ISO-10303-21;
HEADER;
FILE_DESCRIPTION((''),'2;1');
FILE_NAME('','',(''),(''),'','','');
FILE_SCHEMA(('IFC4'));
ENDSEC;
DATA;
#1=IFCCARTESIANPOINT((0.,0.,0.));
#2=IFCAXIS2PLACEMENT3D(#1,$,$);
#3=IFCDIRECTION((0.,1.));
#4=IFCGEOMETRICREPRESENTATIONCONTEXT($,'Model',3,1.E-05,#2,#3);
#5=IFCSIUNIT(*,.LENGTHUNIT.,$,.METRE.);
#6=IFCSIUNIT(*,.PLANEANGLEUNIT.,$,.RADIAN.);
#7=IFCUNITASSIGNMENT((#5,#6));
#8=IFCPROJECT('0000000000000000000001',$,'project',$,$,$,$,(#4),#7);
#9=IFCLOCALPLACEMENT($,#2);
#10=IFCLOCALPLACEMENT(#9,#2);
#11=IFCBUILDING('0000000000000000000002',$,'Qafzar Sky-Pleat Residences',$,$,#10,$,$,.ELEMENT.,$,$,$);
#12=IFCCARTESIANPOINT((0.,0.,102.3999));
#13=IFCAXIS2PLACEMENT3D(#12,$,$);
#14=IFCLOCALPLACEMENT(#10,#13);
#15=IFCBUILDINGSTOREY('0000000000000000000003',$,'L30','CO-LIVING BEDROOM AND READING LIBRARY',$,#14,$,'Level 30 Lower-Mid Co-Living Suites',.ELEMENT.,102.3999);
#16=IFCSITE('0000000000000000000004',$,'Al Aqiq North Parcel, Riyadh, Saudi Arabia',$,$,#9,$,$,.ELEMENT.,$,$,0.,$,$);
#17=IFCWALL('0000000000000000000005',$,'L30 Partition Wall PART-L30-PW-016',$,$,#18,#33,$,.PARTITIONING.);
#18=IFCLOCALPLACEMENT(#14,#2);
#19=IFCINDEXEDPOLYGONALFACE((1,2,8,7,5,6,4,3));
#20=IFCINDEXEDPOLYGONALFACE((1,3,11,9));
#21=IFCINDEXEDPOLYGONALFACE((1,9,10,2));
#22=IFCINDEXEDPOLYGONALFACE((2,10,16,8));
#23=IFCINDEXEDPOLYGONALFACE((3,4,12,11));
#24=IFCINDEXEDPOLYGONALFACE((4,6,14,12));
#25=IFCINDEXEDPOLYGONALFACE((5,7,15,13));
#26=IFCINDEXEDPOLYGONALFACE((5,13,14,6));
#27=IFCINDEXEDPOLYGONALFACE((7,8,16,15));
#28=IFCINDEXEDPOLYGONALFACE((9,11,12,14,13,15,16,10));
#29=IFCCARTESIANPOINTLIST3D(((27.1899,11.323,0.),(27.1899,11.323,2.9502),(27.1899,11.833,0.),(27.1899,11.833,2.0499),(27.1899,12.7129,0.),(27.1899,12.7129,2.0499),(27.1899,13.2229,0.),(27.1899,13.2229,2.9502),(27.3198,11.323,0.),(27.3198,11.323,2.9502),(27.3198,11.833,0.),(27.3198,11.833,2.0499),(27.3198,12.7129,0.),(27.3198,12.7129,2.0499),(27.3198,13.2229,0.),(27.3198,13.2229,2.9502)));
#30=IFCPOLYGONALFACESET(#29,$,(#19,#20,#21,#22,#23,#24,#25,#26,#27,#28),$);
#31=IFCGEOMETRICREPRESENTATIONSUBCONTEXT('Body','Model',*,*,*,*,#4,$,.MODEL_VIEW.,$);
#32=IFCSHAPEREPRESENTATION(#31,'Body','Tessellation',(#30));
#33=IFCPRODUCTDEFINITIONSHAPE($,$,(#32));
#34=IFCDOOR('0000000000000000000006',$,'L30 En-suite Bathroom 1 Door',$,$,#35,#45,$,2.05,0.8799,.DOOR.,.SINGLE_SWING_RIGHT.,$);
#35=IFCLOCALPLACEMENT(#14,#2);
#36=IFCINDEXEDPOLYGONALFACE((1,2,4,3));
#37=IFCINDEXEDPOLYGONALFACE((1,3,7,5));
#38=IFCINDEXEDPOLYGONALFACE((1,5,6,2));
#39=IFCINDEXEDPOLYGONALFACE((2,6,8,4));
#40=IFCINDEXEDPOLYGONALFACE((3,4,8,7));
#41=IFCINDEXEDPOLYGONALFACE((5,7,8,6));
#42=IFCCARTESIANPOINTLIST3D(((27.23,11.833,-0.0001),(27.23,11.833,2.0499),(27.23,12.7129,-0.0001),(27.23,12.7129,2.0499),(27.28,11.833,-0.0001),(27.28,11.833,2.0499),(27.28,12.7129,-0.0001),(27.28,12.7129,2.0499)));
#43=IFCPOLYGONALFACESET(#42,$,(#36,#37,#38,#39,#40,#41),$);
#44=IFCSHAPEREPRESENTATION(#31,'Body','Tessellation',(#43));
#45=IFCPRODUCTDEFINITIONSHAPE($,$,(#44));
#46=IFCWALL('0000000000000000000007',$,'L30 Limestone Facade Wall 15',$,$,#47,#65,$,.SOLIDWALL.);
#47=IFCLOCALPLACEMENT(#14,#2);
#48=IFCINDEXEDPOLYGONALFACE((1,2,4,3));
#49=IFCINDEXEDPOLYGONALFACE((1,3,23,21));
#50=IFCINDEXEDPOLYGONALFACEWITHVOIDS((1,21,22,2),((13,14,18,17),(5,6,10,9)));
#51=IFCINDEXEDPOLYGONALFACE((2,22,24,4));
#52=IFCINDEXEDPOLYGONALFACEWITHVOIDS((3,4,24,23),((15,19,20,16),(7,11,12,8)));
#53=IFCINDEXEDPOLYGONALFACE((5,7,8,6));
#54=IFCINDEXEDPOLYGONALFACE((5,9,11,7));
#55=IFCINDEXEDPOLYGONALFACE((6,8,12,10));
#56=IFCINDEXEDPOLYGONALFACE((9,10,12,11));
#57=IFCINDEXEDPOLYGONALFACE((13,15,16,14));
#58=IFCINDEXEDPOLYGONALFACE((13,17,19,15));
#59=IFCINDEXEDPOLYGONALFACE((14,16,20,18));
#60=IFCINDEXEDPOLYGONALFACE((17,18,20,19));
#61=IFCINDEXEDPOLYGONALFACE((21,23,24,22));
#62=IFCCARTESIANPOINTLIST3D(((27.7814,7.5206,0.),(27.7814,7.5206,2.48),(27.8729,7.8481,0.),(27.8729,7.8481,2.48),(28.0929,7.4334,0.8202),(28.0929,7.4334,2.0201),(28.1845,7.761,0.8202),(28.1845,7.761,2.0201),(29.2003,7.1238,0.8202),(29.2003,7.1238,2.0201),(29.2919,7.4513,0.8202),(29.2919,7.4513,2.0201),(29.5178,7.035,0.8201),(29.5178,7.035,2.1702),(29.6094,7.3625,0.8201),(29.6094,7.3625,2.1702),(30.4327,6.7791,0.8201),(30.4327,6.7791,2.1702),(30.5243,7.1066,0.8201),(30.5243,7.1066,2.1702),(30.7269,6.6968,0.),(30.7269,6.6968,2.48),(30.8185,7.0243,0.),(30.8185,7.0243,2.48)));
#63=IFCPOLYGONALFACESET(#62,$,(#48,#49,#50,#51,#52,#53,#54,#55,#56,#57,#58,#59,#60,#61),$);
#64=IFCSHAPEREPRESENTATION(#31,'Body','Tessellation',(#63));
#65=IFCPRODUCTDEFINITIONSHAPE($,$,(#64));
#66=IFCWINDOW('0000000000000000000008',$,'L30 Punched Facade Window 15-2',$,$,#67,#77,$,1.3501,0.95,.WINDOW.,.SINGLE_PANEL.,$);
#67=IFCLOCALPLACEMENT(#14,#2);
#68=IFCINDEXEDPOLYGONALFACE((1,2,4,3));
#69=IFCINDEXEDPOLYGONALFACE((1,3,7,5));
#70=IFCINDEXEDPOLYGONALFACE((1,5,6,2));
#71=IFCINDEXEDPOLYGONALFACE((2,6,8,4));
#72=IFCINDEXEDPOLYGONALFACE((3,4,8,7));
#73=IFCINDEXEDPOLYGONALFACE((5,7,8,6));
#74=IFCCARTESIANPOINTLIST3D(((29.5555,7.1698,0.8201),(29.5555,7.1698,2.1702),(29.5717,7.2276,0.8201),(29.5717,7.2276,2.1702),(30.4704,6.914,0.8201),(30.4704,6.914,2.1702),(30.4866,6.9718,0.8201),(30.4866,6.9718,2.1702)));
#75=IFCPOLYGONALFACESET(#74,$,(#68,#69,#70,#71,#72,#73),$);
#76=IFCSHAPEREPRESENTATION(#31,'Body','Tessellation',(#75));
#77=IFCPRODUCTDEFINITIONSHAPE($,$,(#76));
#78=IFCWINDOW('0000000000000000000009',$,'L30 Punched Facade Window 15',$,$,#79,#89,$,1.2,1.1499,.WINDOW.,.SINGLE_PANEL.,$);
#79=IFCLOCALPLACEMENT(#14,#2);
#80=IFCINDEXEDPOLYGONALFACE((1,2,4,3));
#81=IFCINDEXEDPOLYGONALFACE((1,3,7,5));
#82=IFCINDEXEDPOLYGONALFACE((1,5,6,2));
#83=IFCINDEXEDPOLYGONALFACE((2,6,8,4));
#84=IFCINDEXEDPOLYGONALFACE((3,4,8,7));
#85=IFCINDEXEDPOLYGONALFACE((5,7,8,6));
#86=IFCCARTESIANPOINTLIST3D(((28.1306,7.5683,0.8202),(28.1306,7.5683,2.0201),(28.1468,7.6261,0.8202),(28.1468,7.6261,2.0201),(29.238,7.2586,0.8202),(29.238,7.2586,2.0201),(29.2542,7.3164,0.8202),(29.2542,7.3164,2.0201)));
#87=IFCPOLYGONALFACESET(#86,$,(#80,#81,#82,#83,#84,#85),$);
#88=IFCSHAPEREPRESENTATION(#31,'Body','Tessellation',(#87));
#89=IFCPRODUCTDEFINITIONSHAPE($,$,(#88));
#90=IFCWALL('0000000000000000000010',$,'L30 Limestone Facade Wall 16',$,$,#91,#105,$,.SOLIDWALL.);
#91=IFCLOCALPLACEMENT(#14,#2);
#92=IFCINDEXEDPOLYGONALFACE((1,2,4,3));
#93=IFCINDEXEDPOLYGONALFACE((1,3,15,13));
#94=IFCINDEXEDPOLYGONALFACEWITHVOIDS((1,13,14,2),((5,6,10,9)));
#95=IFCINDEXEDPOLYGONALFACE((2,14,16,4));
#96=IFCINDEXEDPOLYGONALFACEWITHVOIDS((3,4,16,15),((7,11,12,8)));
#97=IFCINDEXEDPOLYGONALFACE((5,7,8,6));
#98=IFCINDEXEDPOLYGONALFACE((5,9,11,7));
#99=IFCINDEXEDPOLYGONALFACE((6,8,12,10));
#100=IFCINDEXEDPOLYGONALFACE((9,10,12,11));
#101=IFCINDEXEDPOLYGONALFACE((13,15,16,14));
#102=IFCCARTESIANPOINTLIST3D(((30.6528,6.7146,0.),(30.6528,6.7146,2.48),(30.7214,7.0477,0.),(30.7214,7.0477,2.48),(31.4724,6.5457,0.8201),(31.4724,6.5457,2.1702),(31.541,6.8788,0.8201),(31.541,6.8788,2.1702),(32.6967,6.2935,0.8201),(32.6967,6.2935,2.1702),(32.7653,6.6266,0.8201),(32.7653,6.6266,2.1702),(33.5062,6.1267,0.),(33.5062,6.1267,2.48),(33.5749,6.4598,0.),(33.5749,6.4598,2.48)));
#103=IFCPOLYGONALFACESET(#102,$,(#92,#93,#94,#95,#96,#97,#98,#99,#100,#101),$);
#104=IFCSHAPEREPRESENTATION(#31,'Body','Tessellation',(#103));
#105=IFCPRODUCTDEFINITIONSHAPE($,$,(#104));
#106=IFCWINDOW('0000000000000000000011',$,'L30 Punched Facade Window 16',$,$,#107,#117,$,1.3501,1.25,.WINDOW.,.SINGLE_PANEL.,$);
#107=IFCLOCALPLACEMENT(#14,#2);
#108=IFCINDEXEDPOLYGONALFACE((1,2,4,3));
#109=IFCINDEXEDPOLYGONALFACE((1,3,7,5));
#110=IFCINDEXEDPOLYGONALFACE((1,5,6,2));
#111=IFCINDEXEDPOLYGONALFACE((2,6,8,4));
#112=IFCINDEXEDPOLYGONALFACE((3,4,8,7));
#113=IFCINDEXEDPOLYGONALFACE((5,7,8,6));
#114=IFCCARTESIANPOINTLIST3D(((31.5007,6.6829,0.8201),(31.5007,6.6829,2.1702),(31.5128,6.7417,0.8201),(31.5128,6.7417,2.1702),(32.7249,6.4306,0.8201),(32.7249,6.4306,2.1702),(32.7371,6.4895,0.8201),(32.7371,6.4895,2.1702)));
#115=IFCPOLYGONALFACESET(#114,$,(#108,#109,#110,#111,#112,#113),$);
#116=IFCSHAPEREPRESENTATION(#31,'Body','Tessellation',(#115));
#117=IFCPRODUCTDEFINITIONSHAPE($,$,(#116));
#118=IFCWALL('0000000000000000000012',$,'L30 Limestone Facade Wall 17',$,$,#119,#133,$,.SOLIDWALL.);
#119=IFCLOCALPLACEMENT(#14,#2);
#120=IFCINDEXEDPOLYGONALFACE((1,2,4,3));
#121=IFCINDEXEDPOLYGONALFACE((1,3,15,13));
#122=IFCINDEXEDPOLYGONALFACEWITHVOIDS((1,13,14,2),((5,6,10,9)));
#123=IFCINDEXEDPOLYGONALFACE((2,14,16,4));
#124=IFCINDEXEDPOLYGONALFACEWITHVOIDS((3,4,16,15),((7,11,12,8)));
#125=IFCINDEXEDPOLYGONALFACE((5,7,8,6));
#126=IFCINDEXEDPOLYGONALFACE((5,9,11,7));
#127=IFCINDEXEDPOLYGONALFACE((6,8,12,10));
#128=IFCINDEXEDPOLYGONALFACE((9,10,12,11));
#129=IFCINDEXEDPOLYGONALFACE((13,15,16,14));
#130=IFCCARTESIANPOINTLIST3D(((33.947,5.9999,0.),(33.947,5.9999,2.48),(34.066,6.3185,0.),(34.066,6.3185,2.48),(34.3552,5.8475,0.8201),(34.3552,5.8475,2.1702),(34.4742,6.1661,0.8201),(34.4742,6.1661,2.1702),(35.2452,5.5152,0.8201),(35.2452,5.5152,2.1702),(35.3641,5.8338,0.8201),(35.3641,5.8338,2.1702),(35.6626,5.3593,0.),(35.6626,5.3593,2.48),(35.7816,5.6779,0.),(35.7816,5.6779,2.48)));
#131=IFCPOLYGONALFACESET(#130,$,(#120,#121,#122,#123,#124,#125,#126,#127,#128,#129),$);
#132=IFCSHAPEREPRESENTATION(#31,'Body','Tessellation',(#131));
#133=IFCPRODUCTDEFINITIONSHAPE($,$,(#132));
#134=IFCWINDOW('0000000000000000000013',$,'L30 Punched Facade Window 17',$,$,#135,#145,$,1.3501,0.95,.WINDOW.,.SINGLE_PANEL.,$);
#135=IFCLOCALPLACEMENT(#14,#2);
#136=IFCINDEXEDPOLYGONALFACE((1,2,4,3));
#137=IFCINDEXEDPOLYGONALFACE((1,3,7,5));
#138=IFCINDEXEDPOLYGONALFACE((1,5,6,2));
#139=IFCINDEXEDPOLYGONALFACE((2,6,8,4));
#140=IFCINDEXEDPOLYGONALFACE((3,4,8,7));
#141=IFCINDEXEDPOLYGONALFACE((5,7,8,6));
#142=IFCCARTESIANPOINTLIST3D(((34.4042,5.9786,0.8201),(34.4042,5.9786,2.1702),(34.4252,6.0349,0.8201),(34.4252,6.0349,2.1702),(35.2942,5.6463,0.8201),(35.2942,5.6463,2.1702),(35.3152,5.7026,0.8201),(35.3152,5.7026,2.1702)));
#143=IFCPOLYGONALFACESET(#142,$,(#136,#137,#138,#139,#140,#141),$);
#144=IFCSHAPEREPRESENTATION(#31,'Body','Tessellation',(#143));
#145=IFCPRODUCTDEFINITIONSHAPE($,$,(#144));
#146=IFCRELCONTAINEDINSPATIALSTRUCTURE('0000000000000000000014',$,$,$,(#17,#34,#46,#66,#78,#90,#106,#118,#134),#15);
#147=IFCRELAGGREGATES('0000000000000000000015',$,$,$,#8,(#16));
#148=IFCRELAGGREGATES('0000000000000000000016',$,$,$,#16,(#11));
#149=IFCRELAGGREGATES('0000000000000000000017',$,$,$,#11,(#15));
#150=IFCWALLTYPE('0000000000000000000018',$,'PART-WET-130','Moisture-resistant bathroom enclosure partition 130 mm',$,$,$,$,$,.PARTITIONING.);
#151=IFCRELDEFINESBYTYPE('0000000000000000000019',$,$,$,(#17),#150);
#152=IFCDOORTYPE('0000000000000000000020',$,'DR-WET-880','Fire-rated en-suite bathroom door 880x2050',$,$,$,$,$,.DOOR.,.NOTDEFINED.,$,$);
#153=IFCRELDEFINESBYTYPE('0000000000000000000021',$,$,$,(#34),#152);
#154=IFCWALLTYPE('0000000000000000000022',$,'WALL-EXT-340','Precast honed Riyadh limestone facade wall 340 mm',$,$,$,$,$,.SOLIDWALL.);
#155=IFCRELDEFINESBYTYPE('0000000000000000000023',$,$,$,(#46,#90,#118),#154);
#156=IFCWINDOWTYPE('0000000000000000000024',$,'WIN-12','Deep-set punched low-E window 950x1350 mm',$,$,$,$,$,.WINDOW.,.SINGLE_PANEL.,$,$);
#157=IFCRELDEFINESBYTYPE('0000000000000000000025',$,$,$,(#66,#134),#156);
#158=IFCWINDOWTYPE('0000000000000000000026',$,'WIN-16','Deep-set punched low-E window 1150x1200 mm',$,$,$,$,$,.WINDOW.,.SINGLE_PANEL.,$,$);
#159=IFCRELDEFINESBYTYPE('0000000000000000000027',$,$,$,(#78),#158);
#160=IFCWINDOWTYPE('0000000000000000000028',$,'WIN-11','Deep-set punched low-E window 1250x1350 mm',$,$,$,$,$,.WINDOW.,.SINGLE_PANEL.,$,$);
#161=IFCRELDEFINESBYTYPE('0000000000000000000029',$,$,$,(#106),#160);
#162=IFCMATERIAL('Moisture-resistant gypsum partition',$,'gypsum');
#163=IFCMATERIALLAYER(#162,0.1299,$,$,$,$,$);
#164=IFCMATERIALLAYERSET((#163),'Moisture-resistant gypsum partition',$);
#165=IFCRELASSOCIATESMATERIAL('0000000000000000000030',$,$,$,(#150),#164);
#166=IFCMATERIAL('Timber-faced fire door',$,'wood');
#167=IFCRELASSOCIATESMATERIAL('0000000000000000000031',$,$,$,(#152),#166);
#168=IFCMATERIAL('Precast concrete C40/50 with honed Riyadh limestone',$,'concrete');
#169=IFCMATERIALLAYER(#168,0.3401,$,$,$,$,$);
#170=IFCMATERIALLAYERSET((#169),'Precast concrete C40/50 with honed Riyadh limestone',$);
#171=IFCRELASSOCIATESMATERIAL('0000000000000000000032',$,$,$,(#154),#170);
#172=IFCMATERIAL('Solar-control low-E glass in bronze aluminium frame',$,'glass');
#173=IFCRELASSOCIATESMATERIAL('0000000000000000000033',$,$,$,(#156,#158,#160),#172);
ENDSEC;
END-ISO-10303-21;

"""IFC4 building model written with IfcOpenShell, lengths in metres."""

from ifc_helpers import new_model, si_unit, direction, frame, frame_2d, origin, place, context, subcontext, project, spatial, rectangle, extrude, source, transform, mapped, material, layer, layer_set, type_object, element, fill, save


model = new_model("IFC4")

# Units and contexts
model_context = context("Model", 3, precision=1e-05, world=origin(), true_north=direction((0.0, 1.0)))
body_context = subcontext(model_context, "Body", "Model", "MODEL_VIEW")
ifc_project = project(units=[si_unit("LENGTHUNIT", "METRE"), si_unit("PLANEANGLEUNIT", "RADIAN")], contexts=[model_context])

# Site, building, storey
site_placement = place(None, origin())
site = spatial("IfcSite", under=ifc_project, at=site_placement, Name="Al Aqiq North Parcel, Riyadh, Saudi Arabia", CompositionType="ELEMENT", RefElevation=0.0)
building_placement = place(site_placement, origin())
building = spatial("IfcBuilding", under=site, at=building_placement, Name="Qafzar Sky-Pleat Residences", CompositionType="ELEMENT")
storey_placement = place(building_placement, frame((0.0, 0.0, 102.3999)))
storey = spatial("IfcBuildingStorey", under=building, at=storey_placement, Name="L30", Description="CO-LIVING BEDROOM AND READING LIBRARY", LongName="Level 30 Lower-Mid Co-Living Suites", CompositionType="ELEMENT", Elevation=102.3999)

# Shared definitions
ifc_material_1 = material(Name="Timber-faced fire door", Category="wood")

# Wall, opening, door
ifc_material_2 = material(Name="Moisture-resistant gypsum partition", Category="gypsum")
ifc_layer_1 = layer(ifc_material_2, 0.1299)
ifc_layer_set_1 = layer_set([ifc_layer_1], Name="Moisture-resistant gypsum partition")
wall_type_1 = type_object("IfcWallType", Name="PART-WET-130", Description="Moisture-resistant bathroom enclosure partition 130 mm", PredefinedType="PARTITIONING", material=ifc_layer_set_1)
wall_1_placement = place(storey_placement, frame((27.2549, 11.323, 0.0), z_axis=(0.0, 0.0, 1.0), x_axis=(0.0, 1.0, 0.0)))
wall_1 = element("IfcWall", 1, at=wall_1_placement, inside=storey, type_object=wall_type_1, Name="L30 Partition Wall PART-L30-PW-016", PredefinedType="PARTITIONING", context=body_context, shape_type="SweptSolid", body=[
    extrude(rectangle(XDim=1.8999, YDim=0.1299, at=frame_2d((0.95, 0.0))), origin(), (0.0, 0.0, 1.0), 2.9502),
])
opening_1_placement = place(wall_1_placement, frame((0.51, 0.0, 0.0)))
opening_1 = element("IfcOpeningElement", 2, at=opening_1_placement, cuts=wall_1, PredefinedType="OPENING", context=body_context, shape_type="SweptSolid", body=[
    extrude(rectangle(XDim=0.8799, YDim=2.05, at=frame_2d((0.4399, 1.0249))), frame((0.0, 0.075, 0.0), z_axis=(0.0, -1.0, 0.0), x_axis=(1.0, 0.0, 0.0)), (0.0, 0.0, 1.0), 0.1499),
])
door_type_1 = type_object("IfcDoorType", Name="DR-WET-880", Description="Fire-rated en-suite bathroom door 880x2050", OperationType="NOTDEFINED", PredefinedType="DOOR", material=ifc_material_1)
shared_shape_1 = source(origin(), body_context, "Body", "SweptSolid", [
    extrude(rectangle(XDim=0.8799, YDim=2.05, at=frame_2d((0.4399, 1.0249))), frame((0.0, 0.0249, 0.0), z_axis=(0.0, -1.0, 0.0), x_axis=(1.0, 0.0, 0.0)), (0.0, 0.0, 1.0), 0.05),
])
door_1_placement = place(opening_1_placement, origin())
door_1 = element("IfcDoor", 3, at=door_1_placement, inside=storey, type_object=door_type_1, Name="L30 En-suite Bathroom 1 Door", OperationType="SINGLE_SWING_RIGHT", OverallHeight=2.05, OverallWidth=0.8799, PredefinedType="DOOR", context=body_context, shape_type="MappedRepresentation", body=[
    mapped(shared_shape_1, transform((0.0, 0.0, 0.0), x_axis=(1.0, 0.0, 0.0), y_axis=(0.0, 1.0, 0.0), z_axis=(0.0, 0.0, 1.0), scale=1.0)),
])
fill(opening_1, door_1)

# Wall, openings, windows
ifc_material_3 = material(Name="Precast concrete C40/50 with honed Riyadh limestone", Category="concrete")
ifc_layer_2 = layer(ifc_material_3, 0.3401)
ifc_layer_set_2 = layer_set([ifc_layer_2], Name="Precast concrete C40/50 with honed Riyadh limestone")
wall_type_2 = type_object("IfcWallType", Name="WALL-EXT-340", Description="Precast honed Riyadh limestone facade wall 340 mm", PredefinedType="SOLIDWALL", material=ifc_layer_set_2)
wall_2_placement = place(storey_placement, frame((27.8271, 7.6843, 0.0), z_axis=(0.0, 0.0, 1.0), x_axis=(0.963051, -0.269319, 0.0)))
wall_2 = element("IfcWall", 4, at=wall_2_placement, inside=storey, type_object=wall_type_2, Name="L30 Limestone Facade Wall 15", PredefinedType="SOLIDWALL", context=body_context, shape_type="SweptSolid", body=[
    extrude(rectangle(XDim=3.0586, YDim=0.3401, at=frame_2d((1.5293, 0.0))), origin(), (0.0, 0.0, 1.0), 2.48),
])
opening_2_placement = place(wall_2_placement, frame((0.3235, 0.0, 0.8201)))
opening_2 = element("IfcOpeningElement", 5, at=opening_2_placement, cuts=wall_2, PredefinedType="OPENING", context=body_context, shape_type="SweptSolid", body=[
    extrude(rectangle(XDim=1.1499, YDim=1.2, at=frame_2d((0.575, 0.6001))), frame((0.0, 0.1802, 0.0), z_axis=(0.0, -1.0, 0.0), x_axis=(1.0, 0.0, 0.0)), (0.0, 0.0, 1.0), 0.3601),
])
opening_3_placement = place(wall_2_placement, frame((1.803, 0.0, 0.8201)))
opening_3 = element("IfcOpeningElement", 6, at=opening_3_placement, cuts=wall_2, PredefinedType="OPENING", context=body_context, shape_type="SweptSolid", body=[
    extrude(rectangle(XDim=0.95, YDim=1.3501, at=frame_2d((0.4751, 0.675))), frame((0.0, 0.1802, 0.0), z_axis=(0.0, -1.0, 0.0), x_axis=(1.0, 0.0, 0.0)), (0.0, 0.0, 1.0), 0.3601),
])
ifc_material_4 = material(Name="Solar-control low-E glass in bronze aluminium frame", Category="glass")
window_type_1 = type_object("IfcWindowType", Name="WIN-12", Description="Deep-set punched low-E window 950x1350 mm", PartitioningType="SINGLE_PANEL", PredefinedType="WINDOW", material=ifc_material_4)
shared_shape_2 = source(origin(), body_context, "Body", "SweptSolid", [
    extrude(rectangle(XDim=0.95, YDim=1.3501, at=frame_2d((0.4751, 0.675))), frame((0.0, 0.03, 0.0), z_axis=(0.0, -1.0, 0.0), x_axis=(1.0, 0.0, 0.0)), (0.0, 0.0, 1.0), 0.0601),
])
window_1_placement = place(opening_3_placement, origin())
window_1 = element("IfcWindow", 7, at=window_1_placement, inside=storey, type_object=window_type_1, Name="L30 Punched Facade Window 15-2", OverallHeight=1.3501, OverallWidth=0.95, PartitioningType="SINGLE_PANEL", PredefinedType="WINDOW", context=body_context, shape_type="MappedRepresentation", body=[
    mapped(shared_shape_2, transform((0.0, 0.0, 0.0), x_axis=(1.0, 0.0, 0.0), y_axis=(0.0, 1.0, 0.0), z_axis=(0.0, 0.0, 1.0), scale=1.0)),
])
fill(opening_3, window_1)
window_type_2 = type_object("IfcWindowType", Name="WIN-16", Description="Deep-set punched low-E window 1150x1200 mm", PartitioningType="SINGLE_PANEL", PredefinedType="WINDOW", material=ifc_material_4)
shared_shape_3 = source(origin(), body_context, "Body", "SweptSolid", [
    extrude(rectangle(XDim=1.1499, YDim=1.2, at=frame_2d((0.575, 0.6001))), frame((0.0, 0.03, 0.0), z_axis=(0.0, -1.0, 0.0), x_axis=(1.0, 0.0, 0.0)), (0.0, 0.0, 1.0), 0.0601),
])
window_2_placement = place(opening_2_placement, origin())
window_2 = element("IfcWindow", 8, at=window_2_placement, inside=storey, type_object=window_type_2, Name="L30 Punched Facade Window 15", OverallHeight=1.2, OverallWidth=1.1499, PartitioningType="SINGLE_PANEL", PredefinedType="WINDOW", context=body_context, shape_type="MappedRepresentation", body=[
    mapped(shared_shape_3, transform((0.0, 0.0, 0.0), x_axis=(1.0, 0.0, 0.0), y_axis=(0.0, 1.0, 0.0), z_axis=(0.0, 0.0, 1.0), scale=1.0)),
])
fill(opening_2, window_2)

# Walls, openings, windows
wall_3_placement = place(storey_placement, frame((30.6873, 6.8811, 0.0), z_axis=(0.0, 0.0, 1.0), x_axis=(0.97943, -0.201785, 0.0)))
wall_3 = element("IfcWall", 9, at=wall_3_placement, inside=storey, type_object=wall_type_2, Name="L30 Limestone Facade Wall 16", PredefinedType="SOLIDWALL", context=body_context, shape_type="SweptSolid", body=[
    extrude(rectangle(XDim=2.9133, YDim=0.3401, at=frame_2d((1.4565, 0.0))), origin(), (0.0, 0.0, 1.0), 2.48),
])
opening_4_placement = place(wall_3_placement, frame((0.8367, 0.0, 0.8201)))
opening_4 = element("IfcOpeningElement", 10, at=opening_4_placement, cuts=wall_3, PredefinedType="OPENING", context=body_context, shape_type="SweptSolid", body=[
    extrude(rectangle(XDim=1.25, YDim=1.3501, at=frame_2d((0.625, 0.675))), frame((0.0, 0.1802, 0.0), z_axis=(0.0, -1.0, 0.0), x_axis=(1.0, 0.0, 0.0)), (0.0, 0.0, 1.0), 0.3601),
])
window_type_3 = type_object("IfcWindowType", Name="WIN-11", Description="Deep-set punched low-E window 1250x1350 mm", PartitioningType="SINGLE_PANEL", PredefinedType="WINDOW", material=ifc_material_4)
shared_shape_4 = source(origin(), body_context, "Body", "SweptSolid", [
    extrude(rectangle(XDim=1.25, YDim=1.3501, at=frame_2d((0.625, 0.675))), frame((0.0, 0.03, 0.0), z_axis=(0.0, -1.0, 0.0), x_axis=(1.0, 0.0, 0.0)), (0.0, 0.0, 1.0), 0.0601),
])
window_3_placement = place(opening_4_placement, origin())
window_3 = element("IfcWindow", 11, at=window_3_placement, inside=storey, type_object=window_type_3, Name="L30 Punched Facade Window 16", OverallHeight=1.3501, OverallWidth=1.25, PartitioningType="SINGLE_PANEL", PredefinedType="WINDOW", context=body_context, shape_type="MappedRepresentation", body=[
    mapped(shared_shape_4, transform((0.0, 0.0, 0.0), x_axis=(1.0, 0.0, 0.0), y_axis=(0.0, 1.0, 0.0), z_axis=(0.0, 0.0, 1.0), scale=1.0)),
])
fill(opening_4, window_3)
wall_4_placement = place(storey_placement, frame((34.0066, 6.1592, 0.0), z_axis=(0.0, 0.0, 1.0), x_axis=(0.936816, -0.349823, 0.0)))
wall_4 = element("IfcWall", 12, at=wall_4_placement, inside=storey, type_object=wall_type_2, Name="L30 Limestone Facade Wall 17", PredefinedType="SOLIDWALL", context=body_context, shape_type="SweptSolid", body=[
    extrude(rectangle(XDim=1.8313, YDim=0.3401, at=frame_2d((0.9155, 0.0))), origin(), (0.0, 0.0, 1.0), 2.48),
])
opening_5_placement = place(wall_4_placement, frame((0.4355, 0.0, 0.8201)))
opening_5 = element("IfcOpeningElement", 13, at=opening_5_placement, cuts=wall_4, PredefinedType="OPENING", context=body_context, shape_type="SweptSolid", body=[
    extrude(rectangle(XDim=0.95, YDim=1.3501, at=frame_2d((0.4751, 0.675))), frame((0.0, 0.1802, 0.0), z_axis=(0.0, -1.0, 0.0), x_axis=(1.0, 0.0, 0.0)), (0.0, 0.0, 1.0), 0.3601),
])
window_4_placement = place(opening_5_placement, origin())
window_4 = element("IfcWindow", 14, at=window_4_placement, inside=storey, type_object=window_type_1, Name="L30 Punched Facade Window 17", OverallHeight=1.3501, OverallWidth=0.95, PartitioningType="SINGLE_PANEL", PredefinedType="WINDOW", context=body_context, shape_type="MappedRepresentation", body=[
    mapped(shared_shape_2, transform((0.0, 0.0, 0.0), x_axis=(1.0, 0.0, 0.0), y_axis=(0.0, 1.0, 0.0), z_axis=(0.0, 0.0, 1.0), scale=1.0)),
])
fill(opening_5, window_4)

save(model, "model.ifc")
